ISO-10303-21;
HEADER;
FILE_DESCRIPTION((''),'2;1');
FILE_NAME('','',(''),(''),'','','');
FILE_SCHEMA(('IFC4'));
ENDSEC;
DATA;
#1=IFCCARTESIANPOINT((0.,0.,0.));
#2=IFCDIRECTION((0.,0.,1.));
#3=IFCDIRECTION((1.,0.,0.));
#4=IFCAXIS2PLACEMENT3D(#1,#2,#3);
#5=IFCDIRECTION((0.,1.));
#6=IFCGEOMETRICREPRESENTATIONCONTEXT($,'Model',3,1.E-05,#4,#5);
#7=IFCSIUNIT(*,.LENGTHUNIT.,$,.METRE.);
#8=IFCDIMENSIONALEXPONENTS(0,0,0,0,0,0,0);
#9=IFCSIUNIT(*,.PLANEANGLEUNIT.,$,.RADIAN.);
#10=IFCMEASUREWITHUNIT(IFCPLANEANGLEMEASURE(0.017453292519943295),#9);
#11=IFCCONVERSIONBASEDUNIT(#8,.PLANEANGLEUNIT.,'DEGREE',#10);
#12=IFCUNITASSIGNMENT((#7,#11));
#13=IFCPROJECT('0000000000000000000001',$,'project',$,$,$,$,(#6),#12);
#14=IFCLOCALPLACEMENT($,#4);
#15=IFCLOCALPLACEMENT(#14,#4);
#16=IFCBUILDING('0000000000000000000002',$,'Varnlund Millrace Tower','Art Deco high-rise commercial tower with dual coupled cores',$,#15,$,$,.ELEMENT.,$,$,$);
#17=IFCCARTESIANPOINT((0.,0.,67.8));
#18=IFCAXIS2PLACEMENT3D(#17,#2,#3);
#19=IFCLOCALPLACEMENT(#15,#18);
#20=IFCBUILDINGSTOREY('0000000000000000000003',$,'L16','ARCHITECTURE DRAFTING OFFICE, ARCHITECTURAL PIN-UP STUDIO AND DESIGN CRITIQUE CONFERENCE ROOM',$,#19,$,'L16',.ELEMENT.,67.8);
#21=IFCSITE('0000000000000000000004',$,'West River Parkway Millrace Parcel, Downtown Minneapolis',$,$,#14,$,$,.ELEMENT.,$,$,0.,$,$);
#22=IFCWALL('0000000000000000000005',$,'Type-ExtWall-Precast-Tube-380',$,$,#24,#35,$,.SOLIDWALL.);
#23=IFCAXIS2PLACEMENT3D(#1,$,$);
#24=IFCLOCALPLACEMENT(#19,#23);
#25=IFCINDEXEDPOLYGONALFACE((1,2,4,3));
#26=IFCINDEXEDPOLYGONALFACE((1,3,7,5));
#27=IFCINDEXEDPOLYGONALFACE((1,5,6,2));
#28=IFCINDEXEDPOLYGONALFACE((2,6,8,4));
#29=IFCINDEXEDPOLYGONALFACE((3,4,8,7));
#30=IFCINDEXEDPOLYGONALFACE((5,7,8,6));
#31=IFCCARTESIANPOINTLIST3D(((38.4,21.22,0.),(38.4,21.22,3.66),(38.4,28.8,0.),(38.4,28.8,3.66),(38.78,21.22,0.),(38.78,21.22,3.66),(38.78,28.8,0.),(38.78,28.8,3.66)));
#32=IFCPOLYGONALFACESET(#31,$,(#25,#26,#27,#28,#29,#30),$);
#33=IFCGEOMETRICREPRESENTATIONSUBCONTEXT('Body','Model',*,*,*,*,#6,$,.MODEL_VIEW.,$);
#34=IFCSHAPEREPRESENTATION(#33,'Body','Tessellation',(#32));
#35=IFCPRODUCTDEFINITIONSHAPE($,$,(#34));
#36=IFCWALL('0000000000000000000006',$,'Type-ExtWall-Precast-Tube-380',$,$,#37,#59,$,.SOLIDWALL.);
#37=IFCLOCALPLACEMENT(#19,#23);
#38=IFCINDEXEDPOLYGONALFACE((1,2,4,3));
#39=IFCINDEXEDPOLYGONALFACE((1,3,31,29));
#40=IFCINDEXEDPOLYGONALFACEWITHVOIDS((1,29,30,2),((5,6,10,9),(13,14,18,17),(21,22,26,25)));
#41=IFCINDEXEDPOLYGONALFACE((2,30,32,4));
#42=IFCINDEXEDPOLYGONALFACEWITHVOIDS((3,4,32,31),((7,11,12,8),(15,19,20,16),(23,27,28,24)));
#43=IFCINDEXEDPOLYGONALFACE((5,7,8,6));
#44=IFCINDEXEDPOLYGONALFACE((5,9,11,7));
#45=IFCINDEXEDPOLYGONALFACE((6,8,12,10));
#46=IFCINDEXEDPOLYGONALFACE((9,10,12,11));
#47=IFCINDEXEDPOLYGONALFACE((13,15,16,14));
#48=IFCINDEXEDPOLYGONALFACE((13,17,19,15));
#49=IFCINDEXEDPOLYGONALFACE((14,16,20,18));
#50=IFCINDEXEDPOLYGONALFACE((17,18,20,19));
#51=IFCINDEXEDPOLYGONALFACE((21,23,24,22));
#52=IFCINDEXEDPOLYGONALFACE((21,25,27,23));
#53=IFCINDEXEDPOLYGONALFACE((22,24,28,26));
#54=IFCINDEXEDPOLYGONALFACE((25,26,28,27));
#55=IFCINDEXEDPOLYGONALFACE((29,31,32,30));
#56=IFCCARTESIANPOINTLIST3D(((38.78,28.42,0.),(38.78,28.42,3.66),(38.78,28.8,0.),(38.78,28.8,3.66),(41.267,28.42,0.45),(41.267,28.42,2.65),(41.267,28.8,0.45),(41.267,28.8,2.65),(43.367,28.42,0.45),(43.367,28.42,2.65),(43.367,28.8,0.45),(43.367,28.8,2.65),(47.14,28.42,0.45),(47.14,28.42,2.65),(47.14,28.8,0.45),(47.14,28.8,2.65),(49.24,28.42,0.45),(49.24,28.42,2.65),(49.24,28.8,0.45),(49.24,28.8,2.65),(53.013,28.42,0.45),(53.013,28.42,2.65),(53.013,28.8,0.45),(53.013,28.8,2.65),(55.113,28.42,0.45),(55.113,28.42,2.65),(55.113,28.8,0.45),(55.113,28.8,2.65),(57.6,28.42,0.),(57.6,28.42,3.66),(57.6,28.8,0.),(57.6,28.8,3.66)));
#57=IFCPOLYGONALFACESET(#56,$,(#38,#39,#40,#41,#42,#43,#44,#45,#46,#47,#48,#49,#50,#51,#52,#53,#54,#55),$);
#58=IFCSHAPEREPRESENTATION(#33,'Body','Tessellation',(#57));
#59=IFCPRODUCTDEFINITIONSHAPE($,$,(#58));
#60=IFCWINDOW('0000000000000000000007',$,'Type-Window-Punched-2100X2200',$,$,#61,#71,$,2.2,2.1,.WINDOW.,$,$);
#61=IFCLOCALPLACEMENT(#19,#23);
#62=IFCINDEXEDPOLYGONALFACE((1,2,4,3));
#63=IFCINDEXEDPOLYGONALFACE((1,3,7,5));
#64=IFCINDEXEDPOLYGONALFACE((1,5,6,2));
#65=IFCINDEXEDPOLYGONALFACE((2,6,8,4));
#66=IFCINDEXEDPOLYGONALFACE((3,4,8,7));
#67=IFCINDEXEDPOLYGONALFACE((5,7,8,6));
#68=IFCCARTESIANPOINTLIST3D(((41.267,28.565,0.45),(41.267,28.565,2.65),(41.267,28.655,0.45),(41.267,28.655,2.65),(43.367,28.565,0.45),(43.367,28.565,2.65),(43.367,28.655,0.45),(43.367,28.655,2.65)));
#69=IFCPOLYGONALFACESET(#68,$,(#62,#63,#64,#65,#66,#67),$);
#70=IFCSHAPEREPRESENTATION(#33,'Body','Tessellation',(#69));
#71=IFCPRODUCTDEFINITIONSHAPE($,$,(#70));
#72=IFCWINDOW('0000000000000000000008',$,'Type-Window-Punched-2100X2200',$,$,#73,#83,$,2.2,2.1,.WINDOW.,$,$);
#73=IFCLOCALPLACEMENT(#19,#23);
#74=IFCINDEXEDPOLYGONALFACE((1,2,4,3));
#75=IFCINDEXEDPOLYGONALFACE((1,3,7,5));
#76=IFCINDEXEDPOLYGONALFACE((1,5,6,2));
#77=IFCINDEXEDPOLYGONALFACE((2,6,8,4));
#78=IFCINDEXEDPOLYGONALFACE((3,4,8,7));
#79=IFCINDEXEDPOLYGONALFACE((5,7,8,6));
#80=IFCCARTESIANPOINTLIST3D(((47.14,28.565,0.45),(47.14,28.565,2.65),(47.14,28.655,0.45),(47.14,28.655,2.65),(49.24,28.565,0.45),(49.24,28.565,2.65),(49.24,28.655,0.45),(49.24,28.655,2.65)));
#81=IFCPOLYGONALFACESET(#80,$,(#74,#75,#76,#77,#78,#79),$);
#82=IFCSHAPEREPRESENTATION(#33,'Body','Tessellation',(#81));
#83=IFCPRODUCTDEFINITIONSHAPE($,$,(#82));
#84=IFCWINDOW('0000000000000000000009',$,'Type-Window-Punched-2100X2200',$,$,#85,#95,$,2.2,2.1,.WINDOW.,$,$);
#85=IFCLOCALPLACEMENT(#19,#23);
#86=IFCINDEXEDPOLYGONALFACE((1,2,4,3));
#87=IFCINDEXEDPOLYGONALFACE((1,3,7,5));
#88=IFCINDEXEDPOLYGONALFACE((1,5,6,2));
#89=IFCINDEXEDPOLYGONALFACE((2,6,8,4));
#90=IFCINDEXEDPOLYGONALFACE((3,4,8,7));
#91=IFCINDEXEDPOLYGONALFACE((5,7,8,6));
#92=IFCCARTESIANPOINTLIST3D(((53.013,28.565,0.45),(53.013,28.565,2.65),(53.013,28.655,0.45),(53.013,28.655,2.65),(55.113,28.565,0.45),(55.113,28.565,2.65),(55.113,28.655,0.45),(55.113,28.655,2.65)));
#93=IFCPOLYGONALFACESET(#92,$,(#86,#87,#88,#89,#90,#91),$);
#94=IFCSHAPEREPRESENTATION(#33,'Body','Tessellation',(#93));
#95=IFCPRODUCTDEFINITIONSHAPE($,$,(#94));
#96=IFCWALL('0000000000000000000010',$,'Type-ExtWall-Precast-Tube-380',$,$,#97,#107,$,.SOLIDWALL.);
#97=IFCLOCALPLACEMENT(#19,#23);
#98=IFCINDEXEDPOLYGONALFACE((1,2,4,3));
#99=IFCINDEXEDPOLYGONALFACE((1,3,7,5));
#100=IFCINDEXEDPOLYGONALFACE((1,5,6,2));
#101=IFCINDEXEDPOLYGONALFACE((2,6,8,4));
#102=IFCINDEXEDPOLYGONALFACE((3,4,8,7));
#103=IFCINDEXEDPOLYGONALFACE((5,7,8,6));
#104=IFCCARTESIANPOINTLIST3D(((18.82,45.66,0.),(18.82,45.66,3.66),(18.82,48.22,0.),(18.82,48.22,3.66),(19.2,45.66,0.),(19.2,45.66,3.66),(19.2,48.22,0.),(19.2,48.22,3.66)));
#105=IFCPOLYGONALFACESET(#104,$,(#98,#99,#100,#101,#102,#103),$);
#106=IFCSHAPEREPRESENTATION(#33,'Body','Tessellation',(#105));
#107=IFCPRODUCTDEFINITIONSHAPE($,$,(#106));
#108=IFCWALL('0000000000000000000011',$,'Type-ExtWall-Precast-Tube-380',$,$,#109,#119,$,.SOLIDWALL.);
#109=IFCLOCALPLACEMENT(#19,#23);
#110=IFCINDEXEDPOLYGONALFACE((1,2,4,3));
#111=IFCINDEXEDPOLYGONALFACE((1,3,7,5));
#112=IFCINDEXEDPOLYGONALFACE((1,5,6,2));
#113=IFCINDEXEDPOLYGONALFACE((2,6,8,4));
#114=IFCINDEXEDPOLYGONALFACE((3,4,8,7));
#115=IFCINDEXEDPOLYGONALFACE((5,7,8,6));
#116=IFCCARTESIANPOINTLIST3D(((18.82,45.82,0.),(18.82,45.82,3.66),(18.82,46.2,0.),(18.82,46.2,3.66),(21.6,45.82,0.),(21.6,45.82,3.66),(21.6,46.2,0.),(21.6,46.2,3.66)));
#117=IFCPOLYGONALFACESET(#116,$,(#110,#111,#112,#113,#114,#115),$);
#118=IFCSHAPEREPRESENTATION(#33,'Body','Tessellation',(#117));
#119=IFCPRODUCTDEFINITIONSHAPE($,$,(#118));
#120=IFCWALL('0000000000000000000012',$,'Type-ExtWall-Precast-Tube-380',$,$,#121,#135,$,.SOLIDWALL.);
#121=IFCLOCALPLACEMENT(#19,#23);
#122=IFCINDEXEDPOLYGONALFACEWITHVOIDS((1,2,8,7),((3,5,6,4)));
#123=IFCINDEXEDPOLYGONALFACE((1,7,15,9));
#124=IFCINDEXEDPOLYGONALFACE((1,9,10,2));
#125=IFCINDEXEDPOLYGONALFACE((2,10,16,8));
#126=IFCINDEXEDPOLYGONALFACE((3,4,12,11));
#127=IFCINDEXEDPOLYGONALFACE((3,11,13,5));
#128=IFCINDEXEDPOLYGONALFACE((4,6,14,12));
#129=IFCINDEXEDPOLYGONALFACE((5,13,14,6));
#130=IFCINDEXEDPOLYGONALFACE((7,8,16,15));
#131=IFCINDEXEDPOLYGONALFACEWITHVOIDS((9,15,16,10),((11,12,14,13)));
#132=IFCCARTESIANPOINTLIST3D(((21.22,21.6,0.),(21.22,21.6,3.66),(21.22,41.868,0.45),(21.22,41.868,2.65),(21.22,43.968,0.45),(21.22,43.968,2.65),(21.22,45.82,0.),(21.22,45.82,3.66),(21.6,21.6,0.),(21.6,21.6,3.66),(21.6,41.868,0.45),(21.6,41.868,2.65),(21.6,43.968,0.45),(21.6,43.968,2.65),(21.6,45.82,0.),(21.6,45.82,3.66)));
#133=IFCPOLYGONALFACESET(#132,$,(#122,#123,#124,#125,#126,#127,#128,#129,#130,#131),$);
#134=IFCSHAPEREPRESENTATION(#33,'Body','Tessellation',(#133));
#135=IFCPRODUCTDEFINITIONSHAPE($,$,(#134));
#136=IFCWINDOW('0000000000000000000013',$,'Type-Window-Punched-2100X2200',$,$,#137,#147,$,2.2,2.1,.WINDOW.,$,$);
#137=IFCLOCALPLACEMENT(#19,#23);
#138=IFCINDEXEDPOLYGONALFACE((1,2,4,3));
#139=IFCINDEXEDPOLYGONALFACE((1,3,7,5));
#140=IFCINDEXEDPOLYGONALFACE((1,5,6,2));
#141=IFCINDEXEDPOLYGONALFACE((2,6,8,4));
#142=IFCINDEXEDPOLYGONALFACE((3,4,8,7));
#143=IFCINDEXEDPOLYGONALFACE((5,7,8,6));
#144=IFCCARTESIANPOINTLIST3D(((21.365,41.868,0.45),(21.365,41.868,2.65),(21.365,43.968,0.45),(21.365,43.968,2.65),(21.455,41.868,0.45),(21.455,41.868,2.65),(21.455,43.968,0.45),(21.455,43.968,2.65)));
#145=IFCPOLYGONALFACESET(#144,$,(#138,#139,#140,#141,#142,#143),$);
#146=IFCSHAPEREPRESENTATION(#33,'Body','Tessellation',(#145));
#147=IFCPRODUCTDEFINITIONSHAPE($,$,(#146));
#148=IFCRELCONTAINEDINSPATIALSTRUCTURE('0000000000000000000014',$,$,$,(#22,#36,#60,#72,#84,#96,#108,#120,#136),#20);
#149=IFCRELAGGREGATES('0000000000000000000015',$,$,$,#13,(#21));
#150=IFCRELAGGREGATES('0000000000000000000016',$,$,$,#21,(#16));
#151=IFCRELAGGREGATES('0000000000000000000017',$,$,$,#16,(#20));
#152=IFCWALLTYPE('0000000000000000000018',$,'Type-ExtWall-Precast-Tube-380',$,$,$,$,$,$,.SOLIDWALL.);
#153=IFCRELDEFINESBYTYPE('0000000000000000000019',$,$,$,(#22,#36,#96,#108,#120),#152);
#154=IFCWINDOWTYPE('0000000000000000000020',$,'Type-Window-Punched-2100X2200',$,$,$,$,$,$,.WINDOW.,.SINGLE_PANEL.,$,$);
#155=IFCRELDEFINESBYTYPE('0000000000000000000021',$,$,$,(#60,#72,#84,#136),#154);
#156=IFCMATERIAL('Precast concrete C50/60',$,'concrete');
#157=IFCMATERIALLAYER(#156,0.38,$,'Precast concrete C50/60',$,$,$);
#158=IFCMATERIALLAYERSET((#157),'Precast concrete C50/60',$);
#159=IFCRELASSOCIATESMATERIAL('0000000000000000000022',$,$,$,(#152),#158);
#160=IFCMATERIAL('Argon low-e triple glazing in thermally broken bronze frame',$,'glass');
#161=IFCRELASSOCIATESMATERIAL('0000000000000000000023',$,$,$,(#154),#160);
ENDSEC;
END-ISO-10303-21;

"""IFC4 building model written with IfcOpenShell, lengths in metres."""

from ifc_helpers import new_model, entity, si_unit, converted_unit, direction, frame, origin_with_axes, origin_2d_with_axis, place, context, subcontext, project, spatial, polyline, rectangle, outline, extrude, material, layer, layer_set, type_object, element, fill, save


model = new_model("IFC4")

# Units and contexts
model_context = context("Model", 3, precision=1e-05, world=origin_with_axes(), true_north=direction((0.0, 1.0)))
body_context = subcontext(model_context, "Body", "Model", "MODEL_VIEW")
ifc_project = project(units=[si_unit("LENGTHUNIT", "METRE"), converted_unit("PLANEANGLEUNIT", "DEGREE", entity("IfcPlaneAngleMeasure", 0.017453292519943295), si_unit("PLANEANGLEUNIT", "RADIAN"), dimensions=[0, 0, 0, 0, 0, 0, 0])], contexts=[model_context])

# Site, building, storey
site_placement = place(None, origin_with_axes())
site = spatial("IfcSite", under=ifc_project, at=site_placement, Name="West River Parkway Millrace Parcel, Downtown Minneapolis", CompositionType="ELEMENT", RefElevation=0.0)
building_placement = place(site_placement, origin_with_axes())
building = spatial("IfcBuilding", under=site, at=building_placement, Name="Varnlund Millrace Tower", Description="Art Deco high-rise commercial tower with dual coupled cores", CompositionType="ELEMENT")
storey_placement = place(building_placement, frame((0.0, 0.0, 67.8), z_axis=(0.0, 0.0, 1.0), x_axis=(1.0, 0.0, 0.0)))
storey = spatial("IfcBuildingStorey", under=building, at=storey_placement, Name="L16", Description="ARCHITECTURE DRAFTING OFFICE, ARCHITECTURAL PIN-UP STUDIO AND DESIGN CRITIQUE CONFERENCE ROOM", LongName="L16", CompositionType="ELEMENT", Elevation=67.8)

# Wall
ifc_material_1 = material(Name="Precast concrete C50/60", Category="concrete")
ifc_layer_1 = layer(ifc_material_1, 0.38, Name="Precast concrete C50/60")
ifc_layer_set_1 = layer_set([ifc_layer_1], Name="Precast concrete C50/60")
wall_type_1 = type_object("IfcWallType", Name="Type-ExtWall-Precast-Tube-380", PredefinedType="SOLIDWALL", material=ifc_layer_set_1)
wall_1_placement = place(storey_placement, frame((38.59, 21.22, 0.0), z_axis=(0.0, 0.0, 1.0), x_axis=(0.0, 1.0, 0.0)))
element("IfcWall", 1, at=wall_1_placement, inside=storey, type_object=wall_type_1, Name="Type-ExtWall-Precast-Tube-380", PredefinedType="SOLIDWALL", context=body_context, shape_type="SweptSolid", body=[
    extrude(outline(polyline([(0.0, -0.19), (7.58, -0.19), (7.58, 0.19), (0.0, 0.19), (0.0, -0.19)])), origin_with_axes(), (0.0, 0.0, 1.0), 3.66),
])

# Wall, openings, windows
wall_2_placement = place(storey_placement, frame((38.78, 28.61, 0.0), z_axis=(0.0, 0.0, 1.0), x_axis=(1.0, 0.0, 0.0)))
wall_2 = element("IfcWall", 2, at=wall_2_placement, inside=storey, type_object=wall_type_1, Name="Type-ExtWall-Precast-Tube-380", PredefinedType="SOLIDWALL", context=body_context, shape_type="SweptSolid", body=[
    extrude(outline(polyline([(0.0, -0.19), (18.82, -0.19), (18.82, 0.19), (0.0, 0.19), (0.0, -0.19)])), origin_with_axes(), (0.0, 0.0, 1.0), 3.66),
])
opening_1_placement = place(wall_2_placement, frame((3.537, 0.0, 0.45), z_axis=(0.0, 0.0, 1.0), x_axis=(1.0, 0.0, 0.0)))
opening_1 = element("IfcOpeningElement", 3, at=opening_1_placement, cuts=wall_2, PredefinedType="OPENING", context=body_context, shape_type="SweptSolid", body=[
    extrude(rectangle(XDim=2.1, YDim=0.4, at=origin_2d_with_axis()), origin_with_axes(), (0.0, 0.0, 1.0), 2.2),
])
opening_2_placement = place(wall_2_placement, frame((9.41, 0.0, 0.45), z_axis=(0.0, 0.0, 1.0), x_axis=(1.0, 0.0, 0.0)))
opening_2 = element("IfcOpeningElement", 4, at=opening_2_placement, cuts=wall_2, PredefinedType="OPENING", context=body_context, shape_type="SweptSolid", body=[
    extrude(rectangle(XDim=2.1, YDim=0.4, at=origin_2d_with_axis()), origin_with_axes(), (0.0, 0.0, 1.0), 2.2),
])
opening_3_placement = place(wall_2_placement, frame((15.283, 0.0, 0.45), z_axis=(0.0, 0.0, 1.0), x_axis=(1.0, 0.0, 0.0)))
opening_3 = element("IfcOpeningElement", 5, at=opening_3_placement, cuts=wall_2, PredefinedType="OPENING", context=body_context, shape_type="SweptSolid", body=[
    extrude(rectangle(XDim=2.1, YDim=0.4, at=origin_2d_with_axis()), origin_with_axes(), (0.0, 0.0, 1.0), 2.2),
])
ifc_material_2 = material(Name="Argon low-e triple glazing in thermally broken bronze frame", Category="glass")
window_type = type_object("IfcWindowType", Name="Type-Window-Punched-2100X2200", PartitioningType="SINGLE_PANEL", PredefinedType="WINDOW", material=ifc_material_2)
window_1_placement = place(wall_2_placement, frame((3.537, 0.0, 0.45), z_axis=(0.0, 0.0, 1.0), x_axis=(1.0, 0.0, 0.0)))
window_1 = element("IfcWindow", 6, at=window_1_placement, inside=storey, type_object=window_type, Name="Type-Window-Punched-2100X2200", OverallHeight=2.2, OverallWidth=2.1, PredefinedType="WINDOW", context=body_context, shape_type="SweptSolid", body=[
    extrude(rectangle(XDim=2.1, YDim=0.09, at=origin_2d_with_axis()), origin_with_axes(), (0.0, 0.0, 1.0), 2.2),
])
fill(opening_1, window_1)
window_2_placement = place(wall_2_placement, frame((9.41, 0.0, 0.45), z_axis=(0.0, 0.0, 1.0), x_axis=(1.0, 0.0, 0.0)))
window_2 = element("IfcWindow", 7, at=window_2_placement, inside=storey, type_object=window_type, Name="Type-Window-Punched-2100X2200", OverallHeight=2.2, OverallWidth=2.1, PredefinedType="WINDOW", context=body_context, shape_type="SweptSolid", body=[
    extrude(rectangle(XDim=2.1, YDim=0.09, at=origin_2d_with_axis()), origin_with_axes(), (0.0, 0.0, 1.0), 2.2),
])
fill(opening_2, window_2)
window_3_placement = place(wall_2_placement, frame((15.283, 0.0, 0.45), z_axis=(0.0, 0.0, 1.0), x_axis=(1.0, 0.0, 0.0)))
window_3 = element("IfcWindow", 8, at=window_3_placement, inside=storey, type_object=window_type, Name="Type-Window-Punched-2100X2200", OverallHeight=2.2, OverallWidth=2.1, PredefinedType="WINDOW", context=body_context, shape_type="SweptSolid", body=[
    extrude(rectangle(XDim=2.1, YDim=0.09, at=origin_2d_with_axis()), origin_with_axes(), (0.0, 0.0, 1.0), 2.2),
])
fill(opening_3, window_3)

# Walls
wall_3_placement = place(storey_placement, frame((19.01, 48.22, 0.0), z_axis=(0.0, 0.0, 1.0), x_axis=(0.0, -1.0, 0.0)))
element("IfcWall", 9, at=wall_3_placement, inside=storey, type_object=wall_type_1, Name="Type-ExtWall-Precast-Tube-380", PredefinedType="SOLIDWALL", context=body_context, shape_type="SweptSolid", body=[
    extrude(outline(polyline([(0.0, -0.19), (2.56, -0.19), (2.56, 0.19), (0.0, 0.19), (0.0, -0.19)])), origin_with_axes(), (0.0, 0.0, 1.0), 3.66),
])
wall_4_placement = place(storey_placement, frame((18.82, 46.01, 0.0), z_axis=(0.0, 0.0, 1.0), x_axis=(1.0, 0.0, 0.0)))
element("IfcWall", 10, at=wall_4_placement, inside=storey, type_object=wall_type_1, Name="Type-ExtWall-Precast-Tube-380", PredefinedType="SOLIDWALL", context=body_context, shape_type="SweptSolid", body=[
    extrude(outline(polyline([(0.0, -0.19), (2.78, -0.19), (2.78, 0.19), (0.0, 0.19), (0.0, -0.19)])), origin_with_axes(), (0.0, 0.0, 1.0), 3.66),
])

# Wall, opening, window
wall_5_placement = place(storey_placement, frame((21.41, 45.82, 0.0), z_axis=(0.0, 0.0, 1.0), x_axis=(0.0, -1.0, 0.0)))
wall_5 = element("IfcWall", 11, at=wall_5_placement, inside=storey, type_object=wall_type_1, Name="Type-ExtWall-Precast-Tube-380", PredefinedType="SOLIDWALL", context=body_context, shape_type="SweptSolid", body=[
    extrude(outline(polyline([(0.0, -0.19), (24.22, -0.19), (24.22, 0.19), (0.0, 0.19), (0.0, -0.19)])), origin_with_axes(), (0.0, 0.0, 1.0), 3.66),
])
opening_4_placement = place(wall_5_placement, frame((2.902, 0.0, 0.45), z_axis=(0.0, 0.0, 1.0), x_axis=(1.0, 0.0, 0.0)))
opening_4 = element("IfcOpeningElement", 12, at=opening_4_placement, cuts=wall_5, PredefinedType="OPENING", context=body_context, shape_type="SweptSolid", body=[
    extrude(rectangle(XDim=2.1, YDim=0.4, at=origin_2d_with_axis()), origin_with_axes(), (0.0, 0.0, 1.0), 2.2),
])
window_4_placement = place(wall_5_placement, frame((2.902, 0.0, 0.45), z_axis=(0.0, 0.0, 1.0), x_axis=(1.0, 0.0, 0.0)))
window_4 = element("IfcWindow", 13, at=window_4_placement, inside=storey, type_object=window_type, Name="Type-Window-Punched-2100X2200", OverallHeight=2.2, OverallWidth=2.1, PredefinedType="WINDOW", context=body_context, shape_type="SweptSolid", body=[
    extrude(rectangle(XDim=2.1, YDim=0.09, at=origin_2d_with_axis()), origin_with_axes(), (0.0, 0.0, 1.0), 2.2),
])
fill(opening_4, window_4)

save(model, "model.ifc")
